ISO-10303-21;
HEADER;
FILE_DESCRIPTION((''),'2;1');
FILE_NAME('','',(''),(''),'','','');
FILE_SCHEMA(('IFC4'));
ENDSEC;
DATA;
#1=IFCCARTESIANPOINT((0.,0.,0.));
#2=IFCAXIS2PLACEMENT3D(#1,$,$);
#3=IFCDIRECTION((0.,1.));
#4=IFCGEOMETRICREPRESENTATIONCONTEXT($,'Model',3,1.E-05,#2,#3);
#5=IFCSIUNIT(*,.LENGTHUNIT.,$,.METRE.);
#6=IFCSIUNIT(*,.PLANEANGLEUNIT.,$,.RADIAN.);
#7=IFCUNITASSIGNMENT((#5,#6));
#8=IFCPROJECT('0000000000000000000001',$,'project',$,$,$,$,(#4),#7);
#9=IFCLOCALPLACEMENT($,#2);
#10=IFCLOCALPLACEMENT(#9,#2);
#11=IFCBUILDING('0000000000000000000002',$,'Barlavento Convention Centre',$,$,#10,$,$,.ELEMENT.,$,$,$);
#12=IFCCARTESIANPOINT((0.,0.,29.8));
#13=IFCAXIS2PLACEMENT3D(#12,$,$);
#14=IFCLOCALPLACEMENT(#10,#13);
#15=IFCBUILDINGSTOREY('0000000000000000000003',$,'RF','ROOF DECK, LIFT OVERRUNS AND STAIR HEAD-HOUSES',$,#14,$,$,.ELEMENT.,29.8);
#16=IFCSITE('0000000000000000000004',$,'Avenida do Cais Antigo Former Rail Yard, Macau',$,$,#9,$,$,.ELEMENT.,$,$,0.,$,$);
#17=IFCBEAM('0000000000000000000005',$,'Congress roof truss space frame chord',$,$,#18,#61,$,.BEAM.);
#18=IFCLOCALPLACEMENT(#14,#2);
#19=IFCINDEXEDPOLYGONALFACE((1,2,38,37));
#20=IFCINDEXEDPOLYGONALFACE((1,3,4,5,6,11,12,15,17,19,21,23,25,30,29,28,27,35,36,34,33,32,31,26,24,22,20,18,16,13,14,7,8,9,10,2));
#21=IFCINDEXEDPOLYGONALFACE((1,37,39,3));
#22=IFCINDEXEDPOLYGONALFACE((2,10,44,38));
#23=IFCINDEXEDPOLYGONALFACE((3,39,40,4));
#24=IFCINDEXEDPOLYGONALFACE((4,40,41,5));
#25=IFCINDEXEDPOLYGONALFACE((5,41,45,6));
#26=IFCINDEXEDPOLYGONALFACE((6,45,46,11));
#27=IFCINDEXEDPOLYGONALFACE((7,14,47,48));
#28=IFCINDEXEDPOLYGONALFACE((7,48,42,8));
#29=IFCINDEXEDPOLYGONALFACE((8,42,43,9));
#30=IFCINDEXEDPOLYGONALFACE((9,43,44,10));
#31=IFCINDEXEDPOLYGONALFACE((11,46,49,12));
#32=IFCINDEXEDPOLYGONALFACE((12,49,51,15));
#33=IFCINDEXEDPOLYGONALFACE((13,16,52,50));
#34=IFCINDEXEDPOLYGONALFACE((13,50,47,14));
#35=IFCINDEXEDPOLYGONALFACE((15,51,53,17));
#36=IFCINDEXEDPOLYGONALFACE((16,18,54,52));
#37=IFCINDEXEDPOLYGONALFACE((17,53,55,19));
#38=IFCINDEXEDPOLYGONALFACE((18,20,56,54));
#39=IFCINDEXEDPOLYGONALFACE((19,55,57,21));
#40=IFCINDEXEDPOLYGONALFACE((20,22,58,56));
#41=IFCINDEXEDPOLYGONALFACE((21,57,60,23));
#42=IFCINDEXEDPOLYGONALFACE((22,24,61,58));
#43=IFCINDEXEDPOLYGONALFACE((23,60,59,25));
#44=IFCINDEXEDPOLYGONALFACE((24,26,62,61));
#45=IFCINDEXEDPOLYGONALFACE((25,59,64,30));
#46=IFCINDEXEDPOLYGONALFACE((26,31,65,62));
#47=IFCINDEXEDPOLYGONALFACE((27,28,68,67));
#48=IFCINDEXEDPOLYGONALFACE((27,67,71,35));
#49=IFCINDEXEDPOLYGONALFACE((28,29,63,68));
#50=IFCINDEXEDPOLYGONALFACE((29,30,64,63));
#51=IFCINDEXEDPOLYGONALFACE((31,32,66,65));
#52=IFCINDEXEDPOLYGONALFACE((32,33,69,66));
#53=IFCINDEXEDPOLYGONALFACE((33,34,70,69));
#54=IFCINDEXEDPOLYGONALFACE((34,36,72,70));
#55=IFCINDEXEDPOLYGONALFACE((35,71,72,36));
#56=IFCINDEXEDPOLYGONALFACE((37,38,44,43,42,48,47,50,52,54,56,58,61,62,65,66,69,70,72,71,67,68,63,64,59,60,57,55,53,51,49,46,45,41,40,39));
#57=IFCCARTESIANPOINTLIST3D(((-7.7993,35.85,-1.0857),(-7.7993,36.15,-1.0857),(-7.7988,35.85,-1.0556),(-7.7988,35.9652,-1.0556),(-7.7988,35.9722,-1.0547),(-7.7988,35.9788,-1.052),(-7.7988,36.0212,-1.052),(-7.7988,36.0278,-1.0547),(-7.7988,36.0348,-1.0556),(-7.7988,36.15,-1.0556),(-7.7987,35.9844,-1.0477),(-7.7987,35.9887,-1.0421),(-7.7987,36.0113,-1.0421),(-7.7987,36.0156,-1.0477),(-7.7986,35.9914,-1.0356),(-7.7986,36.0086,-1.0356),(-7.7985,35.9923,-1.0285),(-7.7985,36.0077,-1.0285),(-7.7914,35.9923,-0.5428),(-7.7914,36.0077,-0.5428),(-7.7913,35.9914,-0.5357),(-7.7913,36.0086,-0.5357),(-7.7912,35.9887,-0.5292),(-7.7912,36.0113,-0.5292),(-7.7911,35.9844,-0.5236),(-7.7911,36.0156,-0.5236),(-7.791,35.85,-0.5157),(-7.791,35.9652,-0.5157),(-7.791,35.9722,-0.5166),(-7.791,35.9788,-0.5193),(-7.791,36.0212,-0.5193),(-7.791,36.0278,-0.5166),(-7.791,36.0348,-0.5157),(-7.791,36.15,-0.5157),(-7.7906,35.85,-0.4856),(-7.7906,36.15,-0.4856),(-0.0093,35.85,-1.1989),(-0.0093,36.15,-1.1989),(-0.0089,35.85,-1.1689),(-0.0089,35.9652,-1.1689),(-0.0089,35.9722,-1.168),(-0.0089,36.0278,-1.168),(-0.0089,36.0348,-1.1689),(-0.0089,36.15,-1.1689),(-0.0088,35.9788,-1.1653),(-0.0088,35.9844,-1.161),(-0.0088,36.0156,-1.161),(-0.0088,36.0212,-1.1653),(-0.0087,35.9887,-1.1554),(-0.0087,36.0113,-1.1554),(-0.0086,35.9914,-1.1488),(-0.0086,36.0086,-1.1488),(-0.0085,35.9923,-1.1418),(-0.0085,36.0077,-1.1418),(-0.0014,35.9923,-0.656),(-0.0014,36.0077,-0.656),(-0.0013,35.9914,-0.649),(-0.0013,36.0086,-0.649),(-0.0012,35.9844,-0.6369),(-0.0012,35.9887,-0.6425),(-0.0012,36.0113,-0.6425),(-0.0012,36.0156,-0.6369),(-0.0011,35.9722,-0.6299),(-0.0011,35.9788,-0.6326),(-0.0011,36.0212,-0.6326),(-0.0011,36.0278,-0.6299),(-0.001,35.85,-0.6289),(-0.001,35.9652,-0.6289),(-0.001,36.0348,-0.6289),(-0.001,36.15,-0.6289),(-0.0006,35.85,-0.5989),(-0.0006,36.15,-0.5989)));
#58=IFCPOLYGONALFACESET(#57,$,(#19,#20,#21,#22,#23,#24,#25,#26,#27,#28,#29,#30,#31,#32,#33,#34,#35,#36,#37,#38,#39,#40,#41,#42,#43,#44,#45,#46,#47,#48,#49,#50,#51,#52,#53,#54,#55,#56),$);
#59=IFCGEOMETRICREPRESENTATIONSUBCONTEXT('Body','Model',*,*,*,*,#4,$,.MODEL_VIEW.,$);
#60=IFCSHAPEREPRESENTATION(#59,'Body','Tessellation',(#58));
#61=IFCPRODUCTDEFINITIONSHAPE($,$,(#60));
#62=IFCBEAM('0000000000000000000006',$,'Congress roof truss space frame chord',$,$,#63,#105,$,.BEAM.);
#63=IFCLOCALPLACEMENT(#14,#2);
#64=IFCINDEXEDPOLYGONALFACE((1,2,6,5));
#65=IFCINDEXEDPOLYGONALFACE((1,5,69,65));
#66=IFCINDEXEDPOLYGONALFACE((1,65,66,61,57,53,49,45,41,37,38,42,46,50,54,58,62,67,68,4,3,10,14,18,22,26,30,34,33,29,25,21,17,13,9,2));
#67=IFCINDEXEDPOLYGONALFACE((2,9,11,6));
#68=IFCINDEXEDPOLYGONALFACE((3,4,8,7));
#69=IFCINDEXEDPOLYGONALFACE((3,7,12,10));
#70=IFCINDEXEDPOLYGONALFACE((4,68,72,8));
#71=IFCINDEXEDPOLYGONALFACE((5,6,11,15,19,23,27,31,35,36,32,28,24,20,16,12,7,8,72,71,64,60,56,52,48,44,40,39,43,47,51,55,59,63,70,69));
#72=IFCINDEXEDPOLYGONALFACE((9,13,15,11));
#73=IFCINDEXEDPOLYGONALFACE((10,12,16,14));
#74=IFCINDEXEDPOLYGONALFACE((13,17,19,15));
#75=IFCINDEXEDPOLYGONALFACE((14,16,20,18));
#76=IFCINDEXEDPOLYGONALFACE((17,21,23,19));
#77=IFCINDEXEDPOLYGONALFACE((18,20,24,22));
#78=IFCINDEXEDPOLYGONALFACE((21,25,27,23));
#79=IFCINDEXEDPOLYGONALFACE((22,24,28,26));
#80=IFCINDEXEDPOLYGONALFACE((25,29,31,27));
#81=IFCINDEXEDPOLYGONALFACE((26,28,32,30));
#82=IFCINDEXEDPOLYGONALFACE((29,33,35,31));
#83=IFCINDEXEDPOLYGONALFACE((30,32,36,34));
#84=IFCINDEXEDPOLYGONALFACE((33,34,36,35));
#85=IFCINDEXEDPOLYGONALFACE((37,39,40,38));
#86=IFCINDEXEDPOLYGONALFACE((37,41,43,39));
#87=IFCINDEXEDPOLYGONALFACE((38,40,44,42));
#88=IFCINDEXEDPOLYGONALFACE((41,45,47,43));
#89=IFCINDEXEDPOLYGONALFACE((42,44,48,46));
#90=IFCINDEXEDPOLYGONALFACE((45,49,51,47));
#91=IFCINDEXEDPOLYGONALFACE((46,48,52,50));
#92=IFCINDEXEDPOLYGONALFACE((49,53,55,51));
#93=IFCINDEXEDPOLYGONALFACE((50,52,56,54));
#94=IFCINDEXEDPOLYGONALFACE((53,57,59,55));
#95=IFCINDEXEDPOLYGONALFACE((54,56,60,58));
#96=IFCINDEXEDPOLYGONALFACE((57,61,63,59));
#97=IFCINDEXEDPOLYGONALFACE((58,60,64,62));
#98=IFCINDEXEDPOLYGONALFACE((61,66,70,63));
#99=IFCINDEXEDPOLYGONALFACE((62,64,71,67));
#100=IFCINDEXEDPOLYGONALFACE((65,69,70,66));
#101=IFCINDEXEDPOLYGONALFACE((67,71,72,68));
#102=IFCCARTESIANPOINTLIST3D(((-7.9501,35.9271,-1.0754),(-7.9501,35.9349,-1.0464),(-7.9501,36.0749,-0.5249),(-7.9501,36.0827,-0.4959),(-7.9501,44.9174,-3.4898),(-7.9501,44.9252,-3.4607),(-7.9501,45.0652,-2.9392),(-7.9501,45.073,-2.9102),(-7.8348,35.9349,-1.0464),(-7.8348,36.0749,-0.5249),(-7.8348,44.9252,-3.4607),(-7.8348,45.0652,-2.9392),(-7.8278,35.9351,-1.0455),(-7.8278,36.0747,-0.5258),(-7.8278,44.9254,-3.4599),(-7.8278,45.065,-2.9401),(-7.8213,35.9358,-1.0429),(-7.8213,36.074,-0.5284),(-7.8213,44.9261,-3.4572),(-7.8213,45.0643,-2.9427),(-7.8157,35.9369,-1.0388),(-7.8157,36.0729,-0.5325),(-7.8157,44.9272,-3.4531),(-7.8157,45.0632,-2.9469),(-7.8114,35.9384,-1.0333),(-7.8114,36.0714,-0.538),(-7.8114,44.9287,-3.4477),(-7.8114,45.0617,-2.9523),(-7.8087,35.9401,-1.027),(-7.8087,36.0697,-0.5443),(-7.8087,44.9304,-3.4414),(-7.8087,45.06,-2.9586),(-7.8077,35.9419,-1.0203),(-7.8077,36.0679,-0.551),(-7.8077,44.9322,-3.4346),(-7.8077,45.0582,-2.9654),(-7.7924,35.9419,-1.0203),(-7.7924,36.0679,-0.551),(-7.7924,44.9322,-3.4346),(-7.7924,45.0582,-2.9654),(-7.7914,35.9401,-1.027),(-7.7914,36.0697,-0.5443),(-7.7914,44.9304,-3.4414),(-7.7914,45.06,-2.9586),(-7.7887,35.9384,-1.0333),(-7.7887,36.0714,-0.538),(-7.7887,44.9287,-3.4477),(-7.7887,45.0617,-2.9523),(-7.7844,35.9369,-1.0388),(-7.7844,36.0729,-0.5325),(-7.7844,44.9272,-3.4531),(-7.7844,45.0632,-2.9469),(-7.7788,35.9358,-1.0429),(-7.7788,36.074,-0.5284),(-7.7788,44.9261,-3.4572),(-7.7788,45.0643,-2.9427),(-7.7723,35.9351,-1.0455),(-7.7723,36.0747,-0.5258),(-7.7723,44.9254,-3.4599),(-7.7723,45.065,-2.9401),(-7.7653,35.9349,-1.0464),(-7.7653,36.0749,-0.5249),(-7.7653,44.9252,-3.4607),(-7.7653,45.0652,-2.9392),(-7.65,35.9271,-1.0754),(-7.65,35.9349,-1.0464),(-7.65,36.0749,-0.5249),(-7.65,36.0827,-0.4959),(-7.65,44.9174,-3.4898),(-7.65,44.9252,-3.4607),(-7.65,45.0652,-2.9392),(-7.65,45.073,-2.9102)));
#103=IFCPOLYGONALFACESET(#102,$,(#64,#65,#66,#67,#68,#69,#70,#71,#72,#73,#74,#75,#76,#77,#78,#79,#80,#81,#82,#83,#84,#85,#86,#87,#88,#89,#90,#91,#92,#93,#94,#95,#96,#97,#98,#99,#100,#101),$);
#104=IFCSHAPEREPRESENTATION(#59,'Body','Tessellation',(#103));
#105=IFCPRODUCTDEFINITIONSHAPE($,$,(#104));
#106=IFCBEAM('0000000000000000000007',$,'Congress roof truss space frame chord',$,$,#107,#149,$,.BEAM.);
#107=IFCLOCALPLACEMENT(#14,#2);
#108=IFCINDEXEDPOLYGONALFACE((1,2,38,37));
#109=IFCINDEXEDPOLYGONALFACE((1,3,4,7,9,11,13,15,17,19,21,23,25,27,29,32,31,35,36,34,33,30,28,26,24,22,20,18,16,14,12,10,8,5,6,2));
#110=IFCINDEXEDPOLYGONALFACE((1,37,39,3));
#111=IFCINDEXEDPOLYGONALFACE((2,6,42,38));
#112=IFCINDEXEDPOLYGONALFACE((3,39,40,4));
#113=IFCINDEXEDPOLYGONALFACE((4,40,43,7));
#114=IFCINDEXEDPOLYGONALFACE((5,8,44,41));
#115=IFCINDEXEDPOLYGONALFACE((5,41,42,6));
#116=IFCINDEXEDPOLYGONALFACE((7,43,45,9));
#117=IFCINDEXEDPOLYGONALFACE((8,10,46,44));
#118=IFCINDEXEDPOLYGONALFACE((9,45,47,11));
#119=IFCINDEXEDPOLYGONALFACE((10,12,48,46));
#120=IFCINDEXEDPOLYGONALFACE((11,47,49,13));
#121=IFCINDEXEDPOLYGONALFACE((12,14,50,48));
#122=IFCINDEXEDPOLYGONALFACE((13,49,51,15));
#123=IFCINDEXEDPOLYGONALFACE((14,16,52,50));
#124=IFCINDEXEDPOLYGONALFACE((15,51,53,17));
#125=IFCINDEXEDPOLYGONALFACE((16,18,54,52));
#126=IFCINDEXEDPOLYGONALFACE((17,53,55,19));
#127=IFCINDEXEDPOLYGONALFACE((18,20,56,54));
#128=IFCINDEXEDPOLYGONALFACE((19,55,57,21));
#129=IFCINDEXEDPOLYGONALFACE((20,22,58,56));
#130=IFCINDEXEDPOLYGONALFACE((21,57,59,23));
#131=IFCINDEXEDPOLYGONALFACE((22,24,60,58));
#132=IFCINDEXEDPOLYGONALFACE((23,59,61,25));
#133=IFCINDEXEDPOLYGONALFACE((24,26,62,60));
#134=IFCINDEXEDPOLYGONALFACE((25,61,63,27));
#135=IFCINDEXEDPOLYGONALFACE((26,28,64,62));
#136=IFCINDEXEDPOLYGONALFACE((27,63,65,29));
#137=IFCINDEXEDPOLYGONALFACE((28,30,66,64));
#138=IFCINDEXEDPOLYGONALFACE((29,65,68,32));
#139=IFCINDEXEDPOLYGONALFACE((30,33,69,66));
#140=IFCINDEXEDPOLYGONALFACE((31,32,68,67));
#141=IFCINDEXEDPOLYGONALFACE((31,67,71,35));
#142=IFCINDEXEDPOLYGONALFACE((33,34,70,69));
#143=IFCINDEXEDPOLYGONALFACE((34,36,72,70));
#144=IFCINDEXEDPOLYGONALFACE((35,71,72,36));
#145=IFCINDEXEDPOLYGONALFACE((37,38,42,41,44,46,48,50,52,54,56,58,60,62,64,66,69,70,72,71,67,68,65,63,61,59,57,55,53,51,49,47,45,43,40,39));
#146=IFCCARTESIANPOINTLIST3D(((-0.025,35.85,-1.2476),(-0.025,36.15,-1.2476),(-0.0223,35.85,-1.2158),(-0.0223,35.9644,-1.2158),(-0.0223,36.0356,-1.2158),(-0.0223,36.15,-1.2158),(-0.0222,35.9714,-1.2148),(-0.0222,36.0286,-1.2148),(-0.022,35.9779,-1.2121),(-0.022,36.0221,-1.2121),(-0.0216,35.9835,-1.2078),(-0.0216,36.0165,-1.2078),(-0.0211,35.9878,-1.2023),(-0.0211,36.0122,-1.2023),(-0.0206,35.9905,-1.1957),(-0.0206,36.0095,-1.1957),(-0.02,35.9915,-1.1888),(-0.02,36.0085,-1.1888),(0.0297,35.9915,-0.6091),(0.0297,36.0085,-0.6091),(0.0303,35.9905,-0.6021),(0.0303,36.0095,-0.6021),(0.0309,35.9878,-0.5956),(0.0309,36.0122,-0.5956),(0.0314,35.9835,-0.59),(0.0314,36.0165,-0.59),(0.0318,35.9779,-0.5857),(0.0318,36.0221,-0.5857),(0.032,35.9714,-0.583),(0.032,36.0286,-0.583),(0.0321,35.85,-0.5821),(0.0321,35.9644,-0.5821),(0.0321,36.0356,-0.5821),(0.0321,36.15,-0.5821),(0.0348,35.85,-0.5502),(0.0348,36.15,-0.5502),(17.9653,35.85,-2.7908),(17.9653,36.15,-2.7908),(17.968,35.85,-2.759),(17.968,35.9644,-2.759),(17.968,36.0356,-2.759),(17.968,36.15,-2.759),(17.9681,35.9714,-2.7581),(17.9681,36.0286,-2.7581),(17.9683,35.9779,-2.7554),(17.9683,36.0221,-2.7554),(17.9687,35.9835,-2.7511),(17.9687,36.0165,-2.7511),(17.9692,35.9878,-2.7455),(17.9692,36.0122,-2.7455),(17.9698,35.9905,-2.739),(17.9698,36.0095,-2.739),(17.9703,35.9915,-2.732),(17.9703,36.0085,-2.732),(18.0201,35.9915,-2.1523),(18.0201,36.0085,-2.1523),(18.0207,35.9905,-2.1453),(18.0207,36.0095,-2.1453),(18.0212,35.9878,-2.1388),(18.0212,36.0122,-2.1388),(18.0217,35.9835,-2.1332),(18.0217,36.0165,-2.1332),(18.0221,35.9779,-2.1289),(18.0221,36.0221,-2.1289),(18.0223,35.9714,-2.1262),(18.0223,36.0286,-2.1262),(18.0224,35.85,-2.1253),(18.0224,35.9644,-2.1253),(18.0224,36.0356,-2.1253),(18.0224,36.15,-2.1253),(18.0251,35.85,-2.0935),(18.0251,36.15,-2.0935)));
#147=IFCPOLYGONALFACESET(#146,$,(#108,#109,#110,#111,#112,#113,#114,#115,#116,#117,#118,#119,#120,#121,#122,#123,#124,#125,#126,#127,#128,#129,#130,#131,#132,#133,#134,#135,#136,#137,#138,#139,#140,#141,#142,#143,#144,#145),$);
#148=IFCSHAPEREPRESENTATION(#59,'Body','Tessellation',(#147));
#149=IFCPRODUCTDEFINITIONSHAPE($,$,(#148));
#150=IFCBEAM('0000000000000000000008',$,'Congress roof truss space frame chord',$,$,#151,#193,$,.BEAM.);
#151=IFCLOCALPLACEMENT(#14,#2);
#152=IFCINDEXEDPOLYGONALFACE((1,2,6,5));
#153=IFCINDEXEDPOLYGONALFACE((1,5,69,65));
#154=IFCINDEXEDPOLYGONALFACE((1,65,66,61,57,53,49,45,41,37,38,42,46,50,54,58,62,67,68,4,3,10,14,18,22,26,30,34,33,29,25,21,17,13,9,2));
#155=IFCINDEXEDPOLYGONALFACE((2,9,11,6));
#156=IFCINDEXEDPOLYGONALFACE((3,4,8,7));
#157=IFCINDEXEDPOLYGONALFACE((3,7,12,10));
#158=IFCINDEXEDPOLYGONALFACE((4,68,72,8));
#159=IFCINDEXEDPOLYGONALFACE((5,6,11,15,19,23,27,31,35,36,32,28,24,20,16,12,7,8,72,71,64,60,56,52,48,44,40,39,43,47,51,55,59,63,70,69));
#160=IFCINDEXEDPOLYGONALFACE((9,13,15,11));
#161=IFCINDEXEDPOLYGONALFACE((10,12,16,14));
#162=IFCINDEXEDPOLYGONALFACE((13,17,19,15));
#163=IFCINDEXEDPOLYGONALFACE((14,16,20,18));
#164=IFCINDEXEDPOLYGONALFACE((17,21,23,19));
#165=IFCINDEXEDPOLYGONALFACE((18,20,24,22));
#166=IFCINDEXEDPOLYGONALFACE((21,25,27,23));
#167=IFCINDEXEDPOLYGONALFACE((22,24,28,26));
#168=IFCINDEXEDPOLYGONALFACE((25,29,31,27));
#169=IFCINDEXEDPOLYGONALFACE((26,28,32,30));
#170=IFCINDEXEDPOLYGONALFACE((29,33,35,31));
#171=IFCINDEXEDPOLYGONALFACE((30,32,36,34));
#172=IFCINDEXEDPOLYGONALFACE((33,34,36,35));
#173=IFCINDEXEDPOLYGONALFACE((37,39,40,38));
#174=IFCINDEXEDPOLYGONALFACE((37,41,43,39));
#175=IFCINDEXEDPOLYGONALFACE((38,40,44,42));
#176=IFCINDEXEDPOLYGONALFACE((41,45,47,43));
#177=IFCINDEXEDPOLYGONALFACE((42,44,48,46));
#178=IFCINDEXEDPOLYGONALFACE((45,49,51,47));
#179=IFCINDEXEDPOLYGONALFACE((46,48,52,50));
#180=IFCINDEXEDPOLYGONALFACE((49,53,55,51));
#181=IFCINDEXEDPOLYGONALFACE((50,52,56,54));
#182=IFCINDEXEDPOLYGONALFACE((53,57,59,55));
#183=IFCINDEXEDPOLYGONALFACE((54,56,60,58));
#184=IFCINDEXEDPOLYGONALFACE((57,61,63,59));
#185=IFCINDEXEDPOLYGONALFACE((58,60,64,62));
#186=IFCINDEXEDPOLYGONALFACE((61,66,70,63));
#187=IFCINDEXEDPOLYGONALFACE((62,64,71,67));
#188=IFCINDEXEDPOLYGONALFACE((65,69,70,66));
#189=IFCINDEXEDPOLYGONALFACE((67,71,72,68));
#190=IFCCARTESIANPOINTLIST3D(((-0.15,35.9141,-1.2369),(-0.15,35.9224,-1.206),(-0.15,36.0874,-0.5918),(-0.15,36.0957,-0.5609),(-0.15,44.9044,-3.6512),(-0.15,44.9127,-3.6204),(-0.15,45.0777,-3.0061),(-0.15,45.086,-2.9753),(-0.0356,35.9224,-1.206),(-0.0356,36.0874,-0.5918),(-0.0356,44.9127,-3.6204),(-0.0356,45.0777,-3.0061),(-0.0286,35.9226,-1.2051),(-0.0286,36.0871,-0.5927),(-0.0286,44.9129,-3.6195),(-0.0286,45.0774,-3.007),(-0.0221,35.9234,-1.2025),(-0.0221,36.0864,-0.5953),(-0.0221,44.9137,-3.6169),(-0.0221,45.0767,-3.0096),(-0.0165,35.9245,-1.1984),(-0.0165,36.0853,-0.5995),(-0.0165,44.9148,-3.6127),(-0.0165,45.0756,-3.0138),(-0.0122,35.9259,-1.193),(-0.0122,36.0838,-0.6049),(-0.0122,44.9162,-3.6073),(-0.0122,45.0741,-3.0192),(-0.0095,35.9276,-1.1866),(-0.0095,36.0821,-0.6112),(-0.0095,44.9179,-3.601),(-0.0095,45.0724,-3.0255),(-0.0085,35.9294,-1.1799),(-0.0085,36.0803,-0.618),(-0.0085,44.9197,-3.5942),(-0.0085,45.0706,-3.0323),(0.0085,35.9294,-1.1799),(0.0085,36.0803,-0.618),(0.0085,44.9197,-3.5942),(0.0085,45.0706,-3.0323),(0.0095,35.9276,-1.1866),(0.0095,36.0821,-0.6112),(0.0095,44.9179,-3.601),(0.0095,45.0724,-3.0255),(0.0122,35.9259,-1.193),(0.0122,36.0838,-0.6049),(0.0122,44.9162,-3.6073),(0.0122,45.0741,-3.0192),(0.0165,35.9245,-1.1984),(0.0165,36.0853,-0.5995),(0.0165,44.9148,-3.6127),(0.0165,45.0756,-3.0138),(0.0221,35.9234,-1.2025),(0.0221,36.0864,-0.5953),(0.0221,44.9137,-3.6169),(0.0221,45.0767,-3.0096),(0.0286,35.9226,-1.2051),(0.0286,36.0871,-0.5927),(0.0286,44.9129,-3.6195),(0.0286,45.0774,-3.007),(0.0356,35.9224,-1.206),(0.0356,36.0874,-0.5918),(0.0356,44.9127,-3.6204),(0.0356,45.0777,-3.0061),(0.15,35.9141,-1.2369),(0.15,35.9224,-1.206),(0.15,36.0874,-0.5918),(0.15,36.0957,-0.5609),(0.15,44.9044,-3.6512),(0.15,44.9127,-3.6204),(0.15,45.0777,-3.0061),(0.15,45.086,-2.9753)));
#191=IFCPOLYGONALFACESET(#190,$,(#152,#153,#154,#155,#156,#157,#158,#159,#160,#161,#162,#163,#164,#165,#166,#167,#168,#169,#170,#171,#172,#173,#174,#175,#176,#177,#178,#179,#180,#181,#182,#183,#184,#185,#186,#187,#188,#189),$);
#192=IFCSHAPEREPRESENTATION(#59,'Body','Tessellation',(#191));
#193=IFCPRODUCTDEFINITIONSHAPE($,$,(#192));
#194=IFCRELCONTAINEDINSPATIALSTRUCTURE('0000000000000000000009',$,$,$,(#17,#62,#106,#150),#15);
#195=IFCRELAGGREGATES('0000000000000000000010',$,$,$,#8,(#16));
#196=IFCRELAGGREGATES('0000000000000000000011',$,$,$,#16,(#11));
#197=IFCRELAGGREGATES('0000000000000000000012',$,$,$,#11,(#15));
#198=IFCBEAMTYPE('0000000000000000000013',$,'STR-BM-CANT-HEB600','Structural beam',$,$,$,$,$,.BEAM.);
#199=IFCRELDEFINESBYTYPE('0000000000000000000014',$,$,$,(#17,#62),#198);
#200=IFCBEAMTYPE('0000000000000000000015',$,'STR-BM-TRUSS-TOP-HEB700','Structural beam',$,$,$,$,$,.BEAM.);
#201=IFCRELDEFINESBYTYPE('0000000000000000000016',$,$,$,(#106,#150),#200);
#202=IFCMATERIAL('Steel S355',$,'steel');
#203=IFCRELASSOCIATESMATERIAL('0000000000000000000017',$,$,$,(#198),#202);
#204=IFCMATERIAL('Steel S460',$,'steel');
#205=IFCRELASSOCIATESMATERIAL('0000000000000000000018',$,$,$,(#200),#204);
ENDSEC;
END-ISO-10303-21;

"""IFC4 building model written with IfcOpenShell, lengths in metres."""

from ifc_helpers import new_model, si_unit, direction, frame, origin, origin_2d, place, context, subcontext, project, spatial, i_section, extrude, material, material_profile, profile_set, type_object, element, save


model = new_model("IFC4")

# Units and contexts
model_context = context("Model", 3, precision=1e-05, world=origin(), true_north=direction((0.0, 1.0)))
body_context = subcontext(model_context, "Body", "Model", "MODEL_VIEW")
ifc_project = project(units=[si_unit("LENGTHUNIT", "METRE"), si_unit("PLANEANGLEUNIT", "RADIAN")], contexts=[model_context])

# Site, building, storey
site_placement = place(None, origin())
site = spatial("IfcSite", under=ifc_project, at=site_placement, Name="Avenida do Cais Antigo Former Rail Yard, Macau", CompositionType="ELEMENT", RefElevation=0.0)
building_placement = place(site_placement, origin())
building = spatial("IfcBuilding", under=site, at=building_placement, Name="Barlavento Convention Centre", CompositionType="ELEMENT")
storey_placement = place(building_placement, frame((0.0, 0.0, 29.8)))
storey = spatial("IfcBuildingStorey", under=building, at=storey_placement, Name="RF", Description="ROOF DECK, LIFT OVERRUNS AND STAIR HEAD-HOUSES", CompositionType="ELEMENT", Elevation=29.8)

# Beams
ifc_material_1 = material(Name="Steel S355", Category="steel")
ifc_material_profile_1 = material_profile(ifc_material_1, i_section(OverallWidth=0.3, OverallDepth=0.6001, WebThickness=0.0154, FlangeThickness=0.03, FilletRadius=0.0271, at=origin_2d()), Name="HEB 600")
ifc_profile_set_1 = profile_set([ifc_material_profile_1], Name="Steel S355")
beam_type_1 = type_object("IfcBeamType", Name="STR-BM-CANT-HEB600", Description="Structural beam", PredefinedType="BEAM", material=ifc_profile_set_1)
beam_1_placement = place(storey_placement, frame((-7.7949, 36.0, -0.7856), z_axis=(0.999894, 0.0, -0.01454), x_axis=(0.0, 1.0, 0.0)))
element("IfcBeam", 1, at=beam_1_placement, inside=storey, type_object=beam_type_1, Name="Congress roof truss space frame chord", PredefinedType="BEAM", context=body_context, shape_type="SweptSolid", body=[
    extrude(i_section(OverallWidth=0.3, OverallDepth=0.6001, WebThickness=0.0154, FlangeThickness=0.03, FilletRadius=0.0271, at=origin_2d()), origin(), (0.0, 0.0, 1.0), 7.7908),
])
beam_2_placement = place(storey_placement, frame((-7.8, 36.0049, -0.7856), z_axis=(0.0, 0.965781, -0.259358), x_axis=(-1.0, 0.0, 0.0)))
element("IfcBeam", 2, at=beam_2_placement, inside=storey, type_object=beam_type_1, Name="Congress roof truss space frame chord", PredefinedType="BEAM", context=body_context, shape_type="SweptSolid", body=[
    extrude(i_section(OverallWidth=0.3, OverallDepth=0.6001, WebThickness=0.0154, FlangeThickness=0.03, FilletRadius=0.0271, at=origin_2d()), origin(), (0.0, 0.0, 1.0), 9.3088),
])
ifc_material_2 = material(Name="Steel S460", Category="steel")
ifc_material_profile_2 = material_profile(ifc_material_2, i_section(OverallWidth=0.3, OverallDepth=0.7, WebThickness=0.0171, FlangeThickness=0.032, FilletRadius=0.0271, at=origin_2d()), Name="HEB 700")
ifc_profile_set_2 = profile_set([ifc_material_profile_2], Name="Steel S460")
beam_type_2 = type_object("IfcBeamType", Name="STR-BM-TRUSS-TOP-HEB700", Description="Structural beam", PredefinedType="BEAM", material=ifc_profile_set_2)
beam_3_placement = place(storey_placement, frame((0.0049, 36.0, -0.8989), z_axis=(0.996341, 0.0, -0.085467), x_axis=(0.0, 1.0, 0.0)))
element("IfcBeam", 3, at=beam_3_placement, inside=storey, type_object=beam_type_2, Name="Congress roof truss space frame chord", PredefinedType="BEAM", context=body_context, shape_type="SweptSolid", body=[
    extrude(i_section(OverallWidth=0.3, OverallDepth=0.7, WebThickness=0.0171, FlangeThickness=0.032, FilletRadius=0.0271, at=origin_2d()), origin(), (0.0, 0.0, 1.0), 18.0564),
])
beam_4_placement = place(storey_placement, frame((0.0, 36.0049, -0.8989), z_axis=(0.0, 0.965781, -0.259358), x_axis=(-1.0, 0.0, 0.0)))
element("IfcBeam", 4, at=beam_4_placement, inside=storey, type_object=beam_type_2, Name="Congress roof truss space frame chord", PredefinedType="BEAM", context=body_context, shape_type="SweptSolid", body=[
    extrude(i_section(OverallWidth=0.3, OverallDepth=0.7, WebThickness=0.0171, FlangeThickness=0.032, FilletRadius=0.0271, at=origin_2d()), origin(), (0.0, 0.0, 1.0), 9.3088),
])

save(model, "model.ifc")
